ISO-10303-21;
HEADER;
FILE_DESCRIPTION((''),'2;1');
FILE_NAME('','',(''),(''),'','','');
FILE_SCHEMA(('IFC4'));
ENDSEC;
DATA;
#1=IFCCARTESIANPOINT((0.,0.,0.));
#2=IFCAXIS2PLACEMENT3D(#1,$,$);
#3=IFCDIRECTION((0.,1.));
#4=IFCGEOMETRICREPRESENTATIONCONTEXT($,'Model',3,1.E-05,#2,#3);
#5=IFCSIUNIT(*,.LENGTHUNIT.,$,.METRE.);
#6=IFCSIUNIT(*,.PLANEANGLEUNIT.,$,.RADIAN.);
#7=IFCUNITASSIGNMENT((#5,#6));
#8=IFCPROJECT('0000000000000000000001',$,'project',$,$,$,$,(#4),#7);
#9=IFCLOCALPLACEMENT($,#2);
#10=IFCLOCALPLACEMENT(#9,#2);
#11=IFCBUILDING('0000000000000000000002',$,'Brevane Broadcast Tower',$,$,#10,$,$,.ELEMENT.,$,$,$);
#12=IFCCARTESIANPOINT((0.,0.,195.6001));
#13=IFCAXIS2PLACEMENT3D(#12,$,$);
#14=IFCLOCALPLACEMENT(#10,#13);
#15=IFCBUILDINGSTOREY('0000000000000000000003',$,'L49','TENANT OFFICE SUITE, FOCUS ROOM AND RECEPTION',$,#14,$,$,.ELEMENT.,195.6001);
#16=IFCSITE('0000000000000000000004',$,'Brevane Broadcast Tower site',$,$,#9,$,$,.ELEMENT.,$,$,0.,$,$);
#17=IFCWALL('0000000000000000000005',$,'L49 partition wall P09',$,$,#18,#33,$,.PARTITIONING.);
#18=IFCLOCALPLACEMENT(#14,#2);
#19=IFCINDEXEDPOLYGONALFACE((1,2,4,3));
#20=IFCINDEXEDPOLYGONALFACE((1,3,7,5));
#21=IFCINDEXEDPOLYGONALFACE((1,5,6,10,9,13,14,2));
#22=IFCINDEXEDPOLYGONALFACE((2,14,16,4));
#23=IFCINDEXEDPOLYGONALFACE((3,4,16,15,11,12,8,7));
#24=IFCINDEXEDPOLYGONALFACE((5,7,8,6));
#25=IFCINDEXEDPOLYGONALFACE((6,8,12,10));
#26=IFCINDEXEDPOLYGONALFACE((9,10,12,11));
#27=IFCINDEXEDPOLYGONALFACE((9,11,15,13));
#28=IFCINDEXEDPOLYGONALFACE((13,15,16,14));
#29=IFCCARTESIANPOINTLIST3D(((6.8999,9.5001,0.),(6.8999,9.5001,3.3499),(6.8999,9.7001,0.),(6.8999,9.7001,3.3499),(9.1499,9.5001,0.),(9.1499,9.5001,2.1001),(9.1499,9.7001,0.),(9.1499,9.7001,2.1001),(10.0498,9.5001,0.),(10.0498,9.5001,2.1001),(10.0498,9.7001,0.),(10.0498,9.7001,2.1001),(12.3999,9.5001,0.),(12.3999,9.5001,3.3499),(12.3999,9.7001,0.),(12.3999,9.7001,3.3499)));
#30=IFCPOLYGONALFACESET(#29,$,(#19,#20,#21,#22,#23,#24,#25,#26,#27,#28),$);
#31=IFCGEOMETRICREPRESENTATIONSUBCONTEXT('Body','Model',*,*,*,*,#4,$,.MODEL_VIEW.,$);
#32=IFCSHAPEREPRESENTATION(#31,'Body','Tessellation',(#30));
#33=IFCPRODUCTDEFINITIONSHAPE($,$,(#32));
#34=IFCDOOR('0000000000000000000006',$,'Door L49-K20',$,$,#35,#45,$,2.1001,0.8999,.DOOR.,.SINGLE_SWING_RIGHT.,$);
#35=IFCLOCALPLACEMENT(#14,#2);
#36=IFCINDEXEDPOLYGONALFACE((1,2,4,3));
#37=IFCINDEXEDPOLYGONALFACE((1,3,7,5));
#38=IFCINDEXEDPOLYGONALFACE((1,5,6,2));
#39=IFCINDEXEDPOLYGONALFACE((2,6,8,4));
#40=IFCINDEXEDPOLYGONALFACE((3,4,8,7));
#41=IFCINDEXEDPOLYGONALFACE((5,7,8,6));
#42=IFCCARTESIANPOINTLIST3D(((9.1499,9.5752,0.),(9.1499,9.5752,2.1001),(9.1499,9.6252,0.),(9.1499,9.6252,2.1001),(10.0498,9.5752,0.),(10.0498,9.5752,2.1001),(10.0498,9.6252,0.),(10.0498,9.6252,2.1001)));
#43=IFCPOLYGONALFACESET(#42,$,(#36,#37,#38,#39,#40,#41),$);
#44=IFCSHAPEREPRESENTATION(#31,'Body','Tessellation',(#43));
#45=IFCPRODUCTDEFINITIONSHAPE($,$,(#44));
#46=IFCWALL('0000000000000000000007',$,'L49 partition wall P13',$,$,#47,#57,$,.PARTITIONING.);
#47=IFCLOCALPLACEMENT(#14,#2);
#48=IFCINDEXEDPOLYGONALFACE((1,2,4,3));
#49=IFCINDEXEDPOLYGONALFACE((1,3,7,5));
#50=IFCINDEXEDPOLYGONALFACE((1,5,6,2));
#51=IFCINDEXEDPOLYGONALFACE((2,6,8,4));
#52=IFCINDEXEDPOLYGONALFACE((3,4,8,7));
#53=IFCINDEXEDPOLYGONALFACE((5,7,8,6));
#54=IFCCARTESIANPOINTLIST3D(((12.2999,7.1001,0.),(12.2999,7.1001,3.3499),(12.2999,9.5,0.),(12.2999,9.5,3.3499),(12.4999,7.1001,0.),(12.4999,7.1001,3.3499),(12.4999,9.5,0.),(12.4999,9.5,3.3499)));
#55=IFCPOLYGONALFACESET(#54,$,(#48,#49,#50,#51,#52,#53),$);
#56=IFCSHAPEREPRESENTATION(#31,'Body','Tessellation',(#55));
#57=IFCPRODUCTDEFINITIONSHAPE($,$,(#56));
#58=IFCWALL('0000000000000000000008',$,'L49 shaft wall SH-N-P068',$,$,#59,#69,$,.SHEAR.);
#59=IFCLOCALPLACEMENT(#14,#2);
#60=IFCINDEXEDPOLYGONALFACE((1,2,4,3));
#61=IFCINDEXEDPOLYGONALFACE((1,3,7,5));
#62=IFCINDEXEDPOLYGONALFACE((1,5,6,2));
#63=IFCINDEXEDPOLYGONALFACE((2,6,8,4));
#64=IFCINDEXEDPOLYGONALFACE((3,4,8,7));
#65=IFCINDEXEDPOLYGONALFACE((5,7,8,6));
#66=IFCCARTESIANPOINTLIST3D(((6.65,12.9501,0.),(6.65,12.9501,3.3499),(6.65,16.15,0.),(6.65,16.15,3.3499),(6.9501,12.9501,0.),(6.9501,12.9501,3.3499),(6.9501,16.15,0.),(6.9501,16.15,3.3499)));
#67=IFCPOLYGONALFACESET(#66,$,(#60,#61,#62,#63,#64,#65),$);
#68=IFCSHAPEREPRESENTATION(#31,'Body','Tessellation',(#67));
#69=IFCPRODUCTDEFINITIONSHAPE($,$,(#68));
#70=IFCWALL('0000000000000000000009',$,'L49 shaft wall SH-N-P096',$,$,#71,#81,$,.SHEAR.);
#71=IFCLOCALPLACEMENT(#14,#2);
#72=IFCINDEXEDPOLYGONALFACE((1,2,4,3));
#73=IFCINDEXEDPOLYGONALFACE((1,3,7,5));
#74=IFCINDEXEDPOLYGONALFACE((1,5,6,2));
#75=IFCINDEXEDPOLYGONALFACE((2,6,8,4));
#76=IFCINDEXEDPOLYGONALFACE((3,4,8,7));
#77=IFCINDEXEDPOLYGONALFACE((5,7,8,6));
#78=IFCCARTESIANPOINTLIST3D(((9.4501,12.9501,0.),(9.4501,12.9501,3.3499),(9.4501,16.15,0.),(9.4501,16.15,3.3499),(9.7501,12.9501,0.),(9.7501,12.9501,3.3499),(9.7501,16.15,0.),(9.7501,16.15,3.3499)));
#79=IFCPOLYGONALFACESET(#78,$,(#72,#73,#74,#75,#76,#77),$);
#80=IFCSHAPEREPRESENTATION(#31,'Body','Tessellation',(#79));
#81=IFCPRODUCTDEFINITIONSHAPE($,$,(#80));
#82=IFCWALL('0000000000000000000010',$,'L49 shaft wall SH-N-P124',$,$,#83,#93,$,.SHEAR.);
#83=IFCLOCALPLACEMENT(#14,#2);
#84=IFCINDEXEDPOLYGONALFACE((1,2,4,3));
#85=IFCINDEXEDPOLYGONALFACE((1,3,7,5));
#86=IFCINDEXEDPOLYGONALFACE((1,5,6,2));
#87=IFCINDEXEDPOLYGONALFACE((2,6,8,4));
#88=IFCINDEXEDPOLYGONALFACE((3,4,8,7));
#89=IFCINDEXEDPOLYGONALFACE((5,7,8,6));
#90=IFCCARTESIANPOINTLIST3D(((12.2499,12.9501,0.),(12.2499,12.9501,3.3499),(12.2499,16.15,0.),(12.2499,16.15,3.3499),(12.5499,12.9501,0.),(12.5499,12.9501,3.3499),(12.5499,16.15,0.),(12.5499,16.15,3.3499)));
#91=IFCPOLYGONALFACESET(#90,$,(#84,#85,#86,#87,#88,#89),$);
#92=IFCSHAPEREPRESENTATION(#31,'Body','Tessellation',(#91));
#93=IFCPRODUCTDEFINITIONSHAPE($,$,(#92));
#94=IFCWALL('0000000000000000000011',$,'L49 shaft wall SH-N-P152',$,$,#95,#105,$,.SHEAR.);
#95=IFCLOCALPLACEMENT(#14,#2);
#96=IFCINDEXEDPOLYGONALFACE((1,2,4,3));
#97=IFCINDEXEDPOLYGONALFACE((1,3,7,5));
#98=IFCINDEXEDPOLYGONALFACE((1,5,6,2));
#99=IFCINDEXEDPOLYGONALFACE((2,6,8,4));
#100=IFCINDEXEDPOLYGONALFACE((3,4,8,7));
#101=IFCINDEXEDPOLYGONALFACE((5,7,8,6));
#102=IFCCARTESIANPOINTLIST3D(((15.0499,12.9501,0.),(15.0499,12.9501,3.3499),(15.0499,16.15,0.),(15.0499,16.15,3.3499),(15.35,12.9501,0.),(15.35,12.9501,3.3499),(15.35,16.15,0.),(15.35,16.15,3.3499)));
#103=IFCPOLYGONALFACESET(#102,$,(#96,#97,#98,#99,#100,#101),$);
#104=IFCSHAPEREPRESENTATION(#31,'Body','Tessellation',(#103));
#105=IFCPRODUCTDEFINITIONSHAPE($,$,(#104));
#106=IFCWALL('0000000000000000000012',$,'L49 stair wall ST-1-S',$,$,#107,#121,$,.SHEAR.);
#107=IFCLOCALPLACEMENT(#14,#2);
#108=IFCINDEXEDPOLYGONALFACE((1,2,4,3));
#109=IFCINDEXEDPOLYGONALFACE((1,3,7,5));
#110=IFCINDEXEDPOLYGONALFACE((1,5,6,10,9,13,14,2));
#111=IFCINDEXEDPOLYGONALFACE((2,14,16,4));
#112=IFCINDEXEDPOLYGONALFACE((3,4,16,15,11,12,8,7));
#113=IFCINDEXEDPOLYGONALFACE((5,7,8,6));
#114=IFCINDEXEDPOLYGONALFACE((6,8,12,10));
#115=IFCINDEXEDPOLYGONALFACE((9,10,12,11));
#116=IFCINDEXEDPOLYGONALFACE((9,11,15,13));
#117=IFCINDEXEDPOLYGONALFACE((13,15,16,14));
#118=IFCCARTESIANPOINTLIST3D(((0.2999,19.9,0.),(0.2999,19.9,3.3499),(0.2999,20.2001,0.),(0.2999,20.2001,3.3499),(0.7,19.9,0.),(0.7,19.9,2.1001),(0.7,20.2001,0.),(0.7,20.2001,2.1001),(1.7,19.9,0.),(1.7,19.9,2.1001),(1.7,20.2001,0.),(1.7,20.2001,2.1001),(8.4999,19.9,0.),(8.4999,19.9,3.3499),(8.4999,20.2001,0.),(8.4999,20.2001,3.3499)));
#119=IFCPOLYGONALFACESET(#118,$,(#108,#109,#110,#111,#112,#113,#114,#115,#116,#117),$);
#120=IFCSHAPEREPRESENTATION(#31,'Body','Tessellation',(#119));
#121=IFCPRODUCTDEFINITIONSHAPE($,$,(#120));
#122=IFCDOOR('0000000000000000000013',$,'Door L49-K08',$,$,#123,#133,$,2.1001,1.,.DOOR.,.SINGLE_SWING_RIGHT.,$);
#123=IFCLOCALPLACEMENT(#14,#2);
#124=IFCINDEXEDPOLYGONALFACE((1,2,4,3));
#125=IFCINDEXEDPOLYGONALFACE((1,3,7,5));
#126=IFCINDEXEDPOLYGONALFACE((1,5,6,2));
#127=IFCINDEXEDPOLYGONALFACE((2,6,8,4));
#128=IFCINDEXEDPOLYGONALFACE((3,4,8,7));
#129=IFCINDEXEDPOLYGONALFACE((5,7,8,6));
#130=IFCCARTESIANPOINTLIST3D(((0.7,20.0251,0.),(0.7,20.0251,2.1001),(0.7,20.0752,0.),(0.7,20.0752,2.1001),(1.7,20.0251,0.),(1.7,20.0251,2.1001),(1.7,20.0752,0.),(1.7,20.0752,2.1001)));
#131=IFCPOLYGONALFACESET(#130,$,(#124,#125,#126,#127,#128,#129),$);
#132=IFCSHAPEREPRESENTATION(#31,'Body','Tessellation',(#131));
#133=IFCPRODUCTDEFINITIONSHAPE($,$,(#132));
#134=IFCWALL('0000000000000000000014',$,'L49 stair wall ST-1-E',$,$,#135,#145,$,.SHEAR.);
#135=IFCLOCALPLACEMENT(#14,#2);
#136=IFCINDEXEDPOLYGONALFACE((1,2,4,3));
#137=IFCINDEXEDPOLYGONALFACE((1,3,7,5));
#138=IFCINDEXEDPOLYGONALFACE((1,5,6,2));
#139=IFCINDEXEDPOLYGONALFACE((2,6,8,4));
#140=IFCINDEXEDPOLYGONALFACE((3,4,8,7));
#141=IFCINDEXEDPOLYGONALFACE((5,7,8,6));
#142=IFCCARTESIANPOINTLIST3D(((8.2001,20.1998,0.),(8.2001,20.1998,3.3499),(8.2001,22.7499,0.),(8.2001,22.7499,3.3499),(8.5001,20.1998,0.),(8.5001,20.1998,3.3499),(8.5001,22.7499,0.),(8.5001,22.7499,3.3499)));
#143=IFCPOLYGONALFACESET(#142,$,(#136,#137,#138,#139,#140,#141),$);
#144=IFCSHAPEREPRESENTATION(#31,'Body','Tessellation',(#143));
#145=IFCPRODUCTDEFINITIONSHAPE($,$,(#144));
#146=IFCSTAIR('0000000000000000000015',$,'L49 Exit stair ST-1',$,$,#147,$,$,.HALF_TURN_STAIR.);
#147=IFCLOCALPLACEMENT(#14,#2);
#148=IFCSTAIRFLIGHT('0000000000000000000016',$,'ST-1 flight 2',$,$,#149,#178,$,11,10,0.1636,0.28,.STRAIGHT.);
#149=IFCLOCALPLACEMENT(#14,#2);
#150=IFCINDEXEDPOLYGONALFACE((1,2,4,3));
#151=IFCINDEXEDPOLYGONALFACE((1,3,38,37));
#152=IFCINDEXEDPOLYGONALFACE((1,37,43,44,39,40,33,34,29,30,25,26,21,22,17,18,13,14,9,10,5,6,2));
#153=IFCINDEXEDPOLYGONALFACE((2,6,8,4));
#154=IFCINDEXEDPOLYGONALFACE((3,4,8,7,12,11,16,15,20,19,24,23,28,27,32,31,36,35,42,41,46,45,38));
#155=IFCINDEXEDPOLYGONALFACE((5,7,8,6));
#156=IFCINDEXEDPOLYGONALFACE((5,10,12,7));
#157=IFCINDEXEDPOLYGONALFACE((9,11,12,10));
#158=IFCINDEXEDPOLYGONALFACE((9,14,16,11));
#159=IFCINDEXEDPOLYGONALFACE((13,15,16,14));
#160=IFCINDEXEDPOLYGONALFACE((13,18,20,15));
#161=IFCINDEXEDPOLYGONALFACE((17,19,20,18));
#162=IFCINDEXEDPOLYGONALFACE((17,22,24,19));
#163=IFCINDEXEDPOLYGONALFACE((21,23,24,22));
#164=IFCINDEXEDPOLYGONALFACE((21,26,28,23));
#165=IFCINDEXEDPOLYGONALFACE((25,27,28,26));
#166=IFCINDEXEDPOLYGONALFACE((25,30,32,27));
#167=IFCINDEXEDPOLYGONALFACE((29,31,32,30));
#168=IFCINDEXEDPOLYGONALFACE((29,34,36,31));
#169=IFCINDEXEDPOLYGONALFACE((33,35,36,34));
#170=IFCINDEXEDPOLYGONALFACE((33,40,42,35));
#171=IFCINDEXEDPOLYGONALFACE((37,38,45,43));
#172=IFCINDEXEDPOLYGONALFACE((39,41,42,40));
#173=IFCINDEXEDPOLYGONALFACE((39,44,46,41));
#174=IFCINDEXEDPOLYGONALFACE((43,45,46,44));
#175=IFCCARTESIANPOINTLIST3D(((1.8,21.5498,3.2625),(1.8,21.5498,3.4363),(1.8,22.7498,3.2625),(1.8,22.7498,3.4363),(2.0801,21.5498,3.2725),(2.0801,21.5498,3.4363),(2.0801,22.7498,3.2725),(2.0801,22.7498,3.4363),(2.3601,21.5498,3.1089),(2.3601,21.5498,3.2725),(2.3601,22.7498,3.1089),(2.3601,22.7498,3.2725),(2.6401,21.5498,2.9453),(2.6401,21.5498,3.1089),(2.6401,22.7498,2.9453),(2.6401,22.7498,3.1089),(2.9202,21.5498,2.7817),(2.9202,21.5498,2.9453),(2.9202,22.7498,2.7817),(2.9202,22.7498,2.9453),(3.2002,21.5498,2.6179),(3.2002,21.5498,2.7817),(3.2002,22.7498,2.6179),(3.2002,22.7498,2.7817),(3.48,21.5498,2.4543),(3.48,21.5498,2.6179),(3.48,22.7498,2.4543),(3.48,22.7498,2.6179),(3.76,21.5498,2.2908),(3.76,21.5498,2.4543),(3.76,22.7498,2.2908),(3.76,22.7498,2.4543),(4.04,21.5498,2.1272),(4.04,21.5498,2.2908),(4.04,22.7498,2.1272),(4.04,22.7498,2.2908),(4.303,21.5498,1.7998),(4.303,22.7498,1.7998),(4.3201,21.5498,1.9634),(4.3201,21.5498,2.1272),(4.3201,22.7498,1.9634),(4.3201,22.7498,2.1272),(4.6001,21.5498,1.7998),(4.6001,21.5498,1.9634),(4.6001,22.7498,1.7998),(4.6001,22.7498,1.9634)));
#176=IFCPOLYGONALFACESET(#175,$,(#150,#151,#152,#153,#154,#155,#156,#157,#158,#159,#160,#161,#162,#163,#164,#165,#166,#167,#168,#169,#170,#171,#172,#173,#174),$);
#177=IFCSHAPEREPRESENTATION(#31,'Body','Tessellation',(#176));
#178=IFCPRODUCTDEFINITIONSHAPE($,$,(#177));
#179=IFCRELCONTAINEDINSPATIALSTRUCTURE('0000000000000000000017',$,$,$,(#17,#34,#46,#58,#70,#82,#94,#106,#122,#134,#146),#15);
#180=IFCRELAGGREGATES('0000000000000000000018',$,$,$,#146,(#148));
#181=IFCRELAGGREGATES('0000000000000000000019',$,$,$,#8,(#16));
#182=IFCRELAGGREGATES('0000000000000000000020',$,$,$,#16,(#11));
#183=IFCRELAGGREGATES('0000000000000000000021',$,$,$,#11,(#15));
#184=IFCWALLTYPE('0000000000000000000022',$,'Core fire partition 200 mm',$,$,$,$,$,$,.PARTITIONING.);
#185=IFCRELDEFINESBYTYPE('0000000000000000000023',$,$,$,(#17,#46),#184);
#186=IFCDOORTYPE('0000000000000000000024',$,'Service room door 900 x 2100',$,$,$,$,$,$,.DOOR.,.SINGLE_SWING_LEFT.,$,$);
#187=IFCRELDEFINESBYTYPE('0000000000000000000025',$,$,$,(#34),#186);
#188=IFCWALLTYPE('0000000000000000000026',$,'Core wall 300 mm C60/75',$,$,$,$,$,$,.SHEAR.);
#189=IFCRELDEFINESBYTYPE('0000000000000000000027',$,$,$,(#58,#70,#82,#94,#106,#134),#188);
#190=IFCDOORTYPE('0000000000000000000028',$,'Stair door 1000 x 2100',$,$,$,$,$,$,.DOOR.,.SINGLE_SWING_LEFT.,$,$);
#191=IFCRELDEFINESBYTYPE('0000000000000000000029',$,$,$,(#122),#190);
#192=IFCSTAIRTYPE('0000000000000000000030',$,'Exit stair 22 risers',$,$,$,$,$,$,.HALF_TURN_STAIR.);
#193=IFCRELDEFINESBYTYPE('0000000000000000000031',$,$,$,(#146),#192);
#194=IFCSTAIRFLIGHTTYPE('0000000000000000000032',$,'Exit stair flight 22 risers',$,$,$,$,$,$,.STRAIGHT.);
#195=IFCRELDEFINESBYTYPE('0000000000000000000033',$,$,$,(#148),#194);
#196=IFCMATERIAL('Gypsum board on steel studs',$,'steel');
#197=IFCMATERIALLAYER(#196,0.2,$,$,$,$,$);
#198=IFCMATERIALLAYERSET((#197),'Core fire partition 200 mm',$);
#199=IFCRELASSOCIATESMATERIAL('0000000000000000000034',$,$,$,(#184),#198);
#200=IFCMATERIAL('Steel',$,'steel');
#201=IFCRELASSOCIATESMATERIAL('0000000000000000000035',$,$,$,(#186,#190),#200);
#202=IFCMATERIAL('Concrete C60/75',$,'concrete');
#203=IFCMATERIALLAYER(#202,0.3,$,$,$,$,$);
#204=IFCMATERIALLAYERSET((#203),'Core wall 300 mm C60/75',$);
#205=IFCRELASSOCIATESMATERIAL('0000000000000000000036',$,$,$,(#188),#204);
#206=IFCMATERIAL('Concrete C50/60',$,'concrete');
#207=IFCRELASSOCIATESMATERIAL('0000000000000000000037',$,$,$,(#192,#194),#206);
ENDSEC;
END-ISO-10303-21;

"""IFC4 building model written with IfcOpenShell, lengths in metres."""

from ifc_helpers import new_model, si_unit, direction, frame, frame_2d, origin, place, context, subcontext, project, spatial, polyline, rectangle, outline, extrude, material, layer, layer_set, type_object, element, fill, aggregate, save


model = new_model("IFC4")

# Units and contexts
model_context = context("Model", 3, precision=1e-05, world=origin(), true_north=direction((0.0, 1.0)))
body_context = subcontext(model_context, "Body", "Model", "MODEL_VIEW")
ifc_project = project(units=[si_unit("LENGTHUNIT", "METRE"), si_unit("PLANEANGLEUNIT", "RADIAN")], contexts=[model_context])

# Site, building, storey
site_placement = place(None, origin())
site = spatial("IfcSite", under=ifc_project, at=site_placement, Name="Brevane Broadcast Tower site", CompositionType="ELEMENT", RefElevation=0.0)
building_placement = place(site_placement, origin())
building = spatial("IfcBuilding", under=site, at=building_placement, Name="Brevane Broadcast Tower", CompositionType="ELEMENT")
storey_placement = place(building_placement, frame((0.0, 0.0, 195.6001)))
storey = spatial("IfcBuildingStorey", under=building, at=storey_placement, Name="L49", Description="TENANT OFFICE SUITE, FOCUS ROOM AND RECEPTION", CompositionType="ELEMENT", Elevation=195.6001)

# Shared definitions
ifc_material_1 = material(Name="Gypsum board on steel studs", Category="steel")
ifc_material_2 = material(Name="Steel", Category="steel")

# Shared definitions
ifc_layer_1 = layer(ifc_material_1, 0.2)
ifc_layer_set_1 = layer_set([ifc_layer_1], Name="Core fire partition 200 mm")
wall_type_1 = type_object("IfcWallType", Name="Core fire partition 200 mm", PredefinedType="PARTITIONING", material=ifc_layer_set_1)

# Wall, opening, door
door_type_1 = type_object("IfcDoorType", Name="Service room door 900 x 2100", OperationType="SINGLE_SWING_LEFT", PredefinedType="DOOR", material=ifc_material_2)
wall_1_placement = place(storey_placement, frame((12.3999, 9.6001, 0.0), z_axis=(0.0, 0.0, 1.0), x_axis=(-1.0, 0.0, 0.0)))
wall_1 = element("IfcWall", 1, at=wall_1_placement, inside=storey, type_object=wall_type_1, Name="L49 partition wall P09", PredefinedType="PARTITIONING", context=body_context, shape_type="SweptSolid", body=[
    extrude(rectangle(XDim=5.5, YDim=0.2, at=frame_2d((2.75, 0.0))), origin(), (0.0, 0.0, 1.0), 3.3499),
])
opening_1_placement = place(wall_1_placement, frame((2.3501, 0.0, 0.0)))
opening_1 = element("IfcOpeningElement", 2, at=opening_1_placement, cuts=wall_1, PredefinedType="OPENING", context=body_context, shape_type="SweptSolid", body=[
    extrude(rectangle(XDim=0.8999, YDim=2.1001, at=frame_2d((0.45, 1.05))), frame((0.0, 0.1099, 0.0), z_axis=(0.0, -1.0, 0.0), x_axis=(1.0, 0.0, 0.0)), (0.0, 0.0, 1.0), 0.22),
])
door_1_placement = place(opening_1_placement, origin())
door_1 = element("IfcDoor", 3, at=door_1_placement, inside=storey, type_object=door_type_1, Name="Door L49-K20", OperationType="SINGLE_SWING_RIGHT", OverallHeight=2.1001, OverallWidth=0.8999, PredefinedType="DOOR", context=body_context, shape_type="SweptSolid", body=[
    extrude(rectangle(XDim=0.8999, YDim=2.1001, at=frame_2d((0.45, 1.05))), frame((0.0, 0.0249, 0.0), z_axis=(0.0, -1.0, 0.0), x_axis=(1.0, 0.0, 0.0)), (0.0, 0.0, 1.0), 0.05),
])
fill(opening_1, door_1)

# Walls
wall_2_placement = place(storey_placement, frame((12.3999, 9.5, 0.0), z_axis=(0.0, 0.0, 1.0), x_axis=(0.0, -1.0, 0.0)))
element("IfcWall", 4, at=wall_2_placement, inside=storey, type_object=wall_type_1, Name="L49 partition wall P13", PredefinedType="PARTITIONING", context=body_context, shape_type="SweptSolid", body=[
    extrude(rectangle(XDim=2.3999, YDim=0.2, at=frame_2d((1.2, 0.0))), origin(), (0.0, 0.0, 1.0), 3.3499),
])
ifc_material_3 = material(Name="Concrete C60/75", Category="concrete")
ifc_layer_2 = layer(ifc_material_3, 0.3)
ifc_layer_set_2 = layer_set([ifc_layer_2], Name="Core wall 300 mm C60/75")
wall_type_2 = type_object("IfcWallType", Name="Core wall 300 mm C60/75", PredefinedType="SHEAR", material=ifc_layer_set_2)
for number, where, z_axis, x_axis, name in (
    (5, (6.8, 12.95, 0.0), (0.0, 0.0, 1.0), (0.0, 1.0, 0.0), "L49 shaft wall SH-N-P068"),
    (6, (9.6001, 12.95, 0.0), (0.0, 0.0, 1.0), (0.0, 1.0, 0.0), "L49 shaft wall SH-N-P096"),
    (7, (12.3999, 12.95, 0.0), (0.0, 0.0, 1.0), (0.0, 1.0, 0.0), "L49 shaft wall SH-N-P124"),
    (8, (15.2, 12.95, 0.0), (0.0, 0.0, 1.0), (0.0, 1.0, 0.0), "L49 shaft wall SH-N-P152"),
):
    element("IfcWall", number, at=place(storey_placement, frame(where, z_axis=z_axis, x_axis=x_axis)), inside=storey, type_object=wall_type_2, Name=name, PredefinedType="SHEAR", context=body_context, shape_type="SweptSolid", body=[
        extrude(rectangle(XDim=3.2, YDim=0.3, at=frame_2d((1.6001, 0.0))), origin(), (0.0, 0.0, 1.0), 3.3499),
    ])

# Wall, opening, door
wall_3_placement = place(storey_placement, frame((8.5, 20.05, 0.0), z_axis=(0.0, 0.0, 1.0), x_axis=(-1.0, 0.0, 0.0)))
wall_3 = element("IfcWall", 9, at=wall_3_placement, inside=storey, type_object=wall_type_2, Name="L49 stair wall ST-1-S", PredefinedType="SHEAR", context=body_context, shape_type="SweptSolid", body=[
    extrude(rectangle(XDim=8.2, YDim=0.3, at=frame_2d((4.1001, 0.0))), origin(), (0.0, 0.0, 1.0), 3.3499),
])
opening_2_placement = place(wall_3_placement, frame((6.8, 0.0, 0.0)))
opening_2 = element("IfcOpeningElement", 10, at=opening_2_placement, cuts=wall_3, PredefinedType="OPENING", context=body_context, shape_type="SweptSolid", body=[
    extrude(rectangle(XDim=1.0, YDim=2.1001, at=frame_2d((0.5, 1.05))), frame((0.0, 0.1599, 0.0), z_axis=(0.0, -1.0, 0.0), x_axis=(1.0, 0.0, 0.0)), (0.0, 0.0, 1.0), 0.3201),
])
door_type_2 = type_object("IfcDoorType", Name="Stair door 1000 x 2100", OperationType="SINGLE_SWING_LEFT", PredefinedType="DOOR", material=ifc_material_2)
door_2_placement = place(opening_2_placement, origin())
door_2 = element("IfcDoor", 11, at=door_2_placement, inside=storey, type_object=door_type_2, Name="Door L49-K08", OperationType="SINGLE_SWING_RIGHT", OverallHeight=2.1001, OverallWidth=1.0, PredefinedType="DOOR", context=body_context, shape_type="SweptSolid", body=[
    extrude(rectangle(XDim=1.0, YDim=2.1001, at=frame_2d((0.5, 1.05))), frame((0.0, 0.0249, 0.0), z_axis=(0.0, -1.0, 0.0), x_axis=(1.0, 0.0, 0.0)), (0.0, 0.0, 1.0), 0.05),
])
fill(opening_2, door_2)

# Wall
wall_4_placement = place(storey_placement, frame((8.3501, 20.2, 0.0), z_axis=(0.0, 0.0, 1.0), x_axis=(0.0, 1.0, 0.0)))
element("IfcWall", 12, at=wall_4_placement, inside=storey, type_object=wall_type_2, Name="L49 stair wall ST-1-E", PredefinedType="SHEAR", context=body_context, shape_type="SweptSolid", body=[
    extrude(rectangle(XDim=2.55, YDim=0.3, at=frame_2d((1.2749, 0.0))), origin(), (0.0, 0.0, 1.0), 3.3499),
])

# Stair, stair flight
ifc_material_4 = material(Name="Concrete C50/60", Category="concrete")
stair_type = type_object("IfcStairType", Name="Exit stair 22 risers", PredefinedType="HALF_TURN_STAIR", material=ifc_material_4)
stair_placement = place(storey_placement, origin())
stair = element("IfcStair", 13, at=stair_placement, inside=storey, type_object=stair_type, Name="L49 Exit stair ST-1", PredefinedType="HALF_TURN_STAIR")
stair_flight_type = type_object("IfcStairFlightType", Name="Exit stair flight 22 risers", PredefinedType="STRAIGHT", material=ifc_material_4)
stair_flight_placement = place(storey_placement, frame((4.6001, 22.1499, 1.7998), z_axis=(0.0, 0.0, 1.0), x_axis=(-1.0, 0.0, 0.0)))
stair_flight = element("IfcStairFlight", 14, at=stair_flight_placement, type_object=stair_flight_type, Name="ST-1 flight 2", NumberOfRisers=11, NumberOfTreads=10, PredefinedType="STRAIGHT", RiserHeight=0.1636, TreadLength=0.28, context=body_context, shape_type="SweptSolid", body=[
    extrude(outline(polyline([(0.0, 0.0), (0.0, 0.1636), (0.28, 0.1636), (0.28, 0.3274), (0.5601, 0.3274), (0.5601, 0.491), (0.8401, 0.491), (0.8401, 0.6545), (1.1201, 0.6545), (1.1201, 0.8181), (1.3999, 0.8181), (1.3999, 0.9819), (1.6799, 0.9819), (1.6799, 1.1455), (1.96, 1.1455), (1.96, 1.3091), (2.24, 1.3091), (2.24, 1.4727), (2.52, 1.4727), (2.52, 1.6365), (2.8, 1.6365), (2.8, 1.8), (2.8, 1.4626), (0.2971, 0.0), (0.0, 0.0)])), frame((0.0, 0.6001, 0.0), z_axis=(0.0, -1.0, 0.0), x_axis=(1.0, 0.0, 0.0)), (0.0, 0.0, 1.0), 1.2),
])
aggregate(stair, [stair_flight])

save(model, "model.ifc")
